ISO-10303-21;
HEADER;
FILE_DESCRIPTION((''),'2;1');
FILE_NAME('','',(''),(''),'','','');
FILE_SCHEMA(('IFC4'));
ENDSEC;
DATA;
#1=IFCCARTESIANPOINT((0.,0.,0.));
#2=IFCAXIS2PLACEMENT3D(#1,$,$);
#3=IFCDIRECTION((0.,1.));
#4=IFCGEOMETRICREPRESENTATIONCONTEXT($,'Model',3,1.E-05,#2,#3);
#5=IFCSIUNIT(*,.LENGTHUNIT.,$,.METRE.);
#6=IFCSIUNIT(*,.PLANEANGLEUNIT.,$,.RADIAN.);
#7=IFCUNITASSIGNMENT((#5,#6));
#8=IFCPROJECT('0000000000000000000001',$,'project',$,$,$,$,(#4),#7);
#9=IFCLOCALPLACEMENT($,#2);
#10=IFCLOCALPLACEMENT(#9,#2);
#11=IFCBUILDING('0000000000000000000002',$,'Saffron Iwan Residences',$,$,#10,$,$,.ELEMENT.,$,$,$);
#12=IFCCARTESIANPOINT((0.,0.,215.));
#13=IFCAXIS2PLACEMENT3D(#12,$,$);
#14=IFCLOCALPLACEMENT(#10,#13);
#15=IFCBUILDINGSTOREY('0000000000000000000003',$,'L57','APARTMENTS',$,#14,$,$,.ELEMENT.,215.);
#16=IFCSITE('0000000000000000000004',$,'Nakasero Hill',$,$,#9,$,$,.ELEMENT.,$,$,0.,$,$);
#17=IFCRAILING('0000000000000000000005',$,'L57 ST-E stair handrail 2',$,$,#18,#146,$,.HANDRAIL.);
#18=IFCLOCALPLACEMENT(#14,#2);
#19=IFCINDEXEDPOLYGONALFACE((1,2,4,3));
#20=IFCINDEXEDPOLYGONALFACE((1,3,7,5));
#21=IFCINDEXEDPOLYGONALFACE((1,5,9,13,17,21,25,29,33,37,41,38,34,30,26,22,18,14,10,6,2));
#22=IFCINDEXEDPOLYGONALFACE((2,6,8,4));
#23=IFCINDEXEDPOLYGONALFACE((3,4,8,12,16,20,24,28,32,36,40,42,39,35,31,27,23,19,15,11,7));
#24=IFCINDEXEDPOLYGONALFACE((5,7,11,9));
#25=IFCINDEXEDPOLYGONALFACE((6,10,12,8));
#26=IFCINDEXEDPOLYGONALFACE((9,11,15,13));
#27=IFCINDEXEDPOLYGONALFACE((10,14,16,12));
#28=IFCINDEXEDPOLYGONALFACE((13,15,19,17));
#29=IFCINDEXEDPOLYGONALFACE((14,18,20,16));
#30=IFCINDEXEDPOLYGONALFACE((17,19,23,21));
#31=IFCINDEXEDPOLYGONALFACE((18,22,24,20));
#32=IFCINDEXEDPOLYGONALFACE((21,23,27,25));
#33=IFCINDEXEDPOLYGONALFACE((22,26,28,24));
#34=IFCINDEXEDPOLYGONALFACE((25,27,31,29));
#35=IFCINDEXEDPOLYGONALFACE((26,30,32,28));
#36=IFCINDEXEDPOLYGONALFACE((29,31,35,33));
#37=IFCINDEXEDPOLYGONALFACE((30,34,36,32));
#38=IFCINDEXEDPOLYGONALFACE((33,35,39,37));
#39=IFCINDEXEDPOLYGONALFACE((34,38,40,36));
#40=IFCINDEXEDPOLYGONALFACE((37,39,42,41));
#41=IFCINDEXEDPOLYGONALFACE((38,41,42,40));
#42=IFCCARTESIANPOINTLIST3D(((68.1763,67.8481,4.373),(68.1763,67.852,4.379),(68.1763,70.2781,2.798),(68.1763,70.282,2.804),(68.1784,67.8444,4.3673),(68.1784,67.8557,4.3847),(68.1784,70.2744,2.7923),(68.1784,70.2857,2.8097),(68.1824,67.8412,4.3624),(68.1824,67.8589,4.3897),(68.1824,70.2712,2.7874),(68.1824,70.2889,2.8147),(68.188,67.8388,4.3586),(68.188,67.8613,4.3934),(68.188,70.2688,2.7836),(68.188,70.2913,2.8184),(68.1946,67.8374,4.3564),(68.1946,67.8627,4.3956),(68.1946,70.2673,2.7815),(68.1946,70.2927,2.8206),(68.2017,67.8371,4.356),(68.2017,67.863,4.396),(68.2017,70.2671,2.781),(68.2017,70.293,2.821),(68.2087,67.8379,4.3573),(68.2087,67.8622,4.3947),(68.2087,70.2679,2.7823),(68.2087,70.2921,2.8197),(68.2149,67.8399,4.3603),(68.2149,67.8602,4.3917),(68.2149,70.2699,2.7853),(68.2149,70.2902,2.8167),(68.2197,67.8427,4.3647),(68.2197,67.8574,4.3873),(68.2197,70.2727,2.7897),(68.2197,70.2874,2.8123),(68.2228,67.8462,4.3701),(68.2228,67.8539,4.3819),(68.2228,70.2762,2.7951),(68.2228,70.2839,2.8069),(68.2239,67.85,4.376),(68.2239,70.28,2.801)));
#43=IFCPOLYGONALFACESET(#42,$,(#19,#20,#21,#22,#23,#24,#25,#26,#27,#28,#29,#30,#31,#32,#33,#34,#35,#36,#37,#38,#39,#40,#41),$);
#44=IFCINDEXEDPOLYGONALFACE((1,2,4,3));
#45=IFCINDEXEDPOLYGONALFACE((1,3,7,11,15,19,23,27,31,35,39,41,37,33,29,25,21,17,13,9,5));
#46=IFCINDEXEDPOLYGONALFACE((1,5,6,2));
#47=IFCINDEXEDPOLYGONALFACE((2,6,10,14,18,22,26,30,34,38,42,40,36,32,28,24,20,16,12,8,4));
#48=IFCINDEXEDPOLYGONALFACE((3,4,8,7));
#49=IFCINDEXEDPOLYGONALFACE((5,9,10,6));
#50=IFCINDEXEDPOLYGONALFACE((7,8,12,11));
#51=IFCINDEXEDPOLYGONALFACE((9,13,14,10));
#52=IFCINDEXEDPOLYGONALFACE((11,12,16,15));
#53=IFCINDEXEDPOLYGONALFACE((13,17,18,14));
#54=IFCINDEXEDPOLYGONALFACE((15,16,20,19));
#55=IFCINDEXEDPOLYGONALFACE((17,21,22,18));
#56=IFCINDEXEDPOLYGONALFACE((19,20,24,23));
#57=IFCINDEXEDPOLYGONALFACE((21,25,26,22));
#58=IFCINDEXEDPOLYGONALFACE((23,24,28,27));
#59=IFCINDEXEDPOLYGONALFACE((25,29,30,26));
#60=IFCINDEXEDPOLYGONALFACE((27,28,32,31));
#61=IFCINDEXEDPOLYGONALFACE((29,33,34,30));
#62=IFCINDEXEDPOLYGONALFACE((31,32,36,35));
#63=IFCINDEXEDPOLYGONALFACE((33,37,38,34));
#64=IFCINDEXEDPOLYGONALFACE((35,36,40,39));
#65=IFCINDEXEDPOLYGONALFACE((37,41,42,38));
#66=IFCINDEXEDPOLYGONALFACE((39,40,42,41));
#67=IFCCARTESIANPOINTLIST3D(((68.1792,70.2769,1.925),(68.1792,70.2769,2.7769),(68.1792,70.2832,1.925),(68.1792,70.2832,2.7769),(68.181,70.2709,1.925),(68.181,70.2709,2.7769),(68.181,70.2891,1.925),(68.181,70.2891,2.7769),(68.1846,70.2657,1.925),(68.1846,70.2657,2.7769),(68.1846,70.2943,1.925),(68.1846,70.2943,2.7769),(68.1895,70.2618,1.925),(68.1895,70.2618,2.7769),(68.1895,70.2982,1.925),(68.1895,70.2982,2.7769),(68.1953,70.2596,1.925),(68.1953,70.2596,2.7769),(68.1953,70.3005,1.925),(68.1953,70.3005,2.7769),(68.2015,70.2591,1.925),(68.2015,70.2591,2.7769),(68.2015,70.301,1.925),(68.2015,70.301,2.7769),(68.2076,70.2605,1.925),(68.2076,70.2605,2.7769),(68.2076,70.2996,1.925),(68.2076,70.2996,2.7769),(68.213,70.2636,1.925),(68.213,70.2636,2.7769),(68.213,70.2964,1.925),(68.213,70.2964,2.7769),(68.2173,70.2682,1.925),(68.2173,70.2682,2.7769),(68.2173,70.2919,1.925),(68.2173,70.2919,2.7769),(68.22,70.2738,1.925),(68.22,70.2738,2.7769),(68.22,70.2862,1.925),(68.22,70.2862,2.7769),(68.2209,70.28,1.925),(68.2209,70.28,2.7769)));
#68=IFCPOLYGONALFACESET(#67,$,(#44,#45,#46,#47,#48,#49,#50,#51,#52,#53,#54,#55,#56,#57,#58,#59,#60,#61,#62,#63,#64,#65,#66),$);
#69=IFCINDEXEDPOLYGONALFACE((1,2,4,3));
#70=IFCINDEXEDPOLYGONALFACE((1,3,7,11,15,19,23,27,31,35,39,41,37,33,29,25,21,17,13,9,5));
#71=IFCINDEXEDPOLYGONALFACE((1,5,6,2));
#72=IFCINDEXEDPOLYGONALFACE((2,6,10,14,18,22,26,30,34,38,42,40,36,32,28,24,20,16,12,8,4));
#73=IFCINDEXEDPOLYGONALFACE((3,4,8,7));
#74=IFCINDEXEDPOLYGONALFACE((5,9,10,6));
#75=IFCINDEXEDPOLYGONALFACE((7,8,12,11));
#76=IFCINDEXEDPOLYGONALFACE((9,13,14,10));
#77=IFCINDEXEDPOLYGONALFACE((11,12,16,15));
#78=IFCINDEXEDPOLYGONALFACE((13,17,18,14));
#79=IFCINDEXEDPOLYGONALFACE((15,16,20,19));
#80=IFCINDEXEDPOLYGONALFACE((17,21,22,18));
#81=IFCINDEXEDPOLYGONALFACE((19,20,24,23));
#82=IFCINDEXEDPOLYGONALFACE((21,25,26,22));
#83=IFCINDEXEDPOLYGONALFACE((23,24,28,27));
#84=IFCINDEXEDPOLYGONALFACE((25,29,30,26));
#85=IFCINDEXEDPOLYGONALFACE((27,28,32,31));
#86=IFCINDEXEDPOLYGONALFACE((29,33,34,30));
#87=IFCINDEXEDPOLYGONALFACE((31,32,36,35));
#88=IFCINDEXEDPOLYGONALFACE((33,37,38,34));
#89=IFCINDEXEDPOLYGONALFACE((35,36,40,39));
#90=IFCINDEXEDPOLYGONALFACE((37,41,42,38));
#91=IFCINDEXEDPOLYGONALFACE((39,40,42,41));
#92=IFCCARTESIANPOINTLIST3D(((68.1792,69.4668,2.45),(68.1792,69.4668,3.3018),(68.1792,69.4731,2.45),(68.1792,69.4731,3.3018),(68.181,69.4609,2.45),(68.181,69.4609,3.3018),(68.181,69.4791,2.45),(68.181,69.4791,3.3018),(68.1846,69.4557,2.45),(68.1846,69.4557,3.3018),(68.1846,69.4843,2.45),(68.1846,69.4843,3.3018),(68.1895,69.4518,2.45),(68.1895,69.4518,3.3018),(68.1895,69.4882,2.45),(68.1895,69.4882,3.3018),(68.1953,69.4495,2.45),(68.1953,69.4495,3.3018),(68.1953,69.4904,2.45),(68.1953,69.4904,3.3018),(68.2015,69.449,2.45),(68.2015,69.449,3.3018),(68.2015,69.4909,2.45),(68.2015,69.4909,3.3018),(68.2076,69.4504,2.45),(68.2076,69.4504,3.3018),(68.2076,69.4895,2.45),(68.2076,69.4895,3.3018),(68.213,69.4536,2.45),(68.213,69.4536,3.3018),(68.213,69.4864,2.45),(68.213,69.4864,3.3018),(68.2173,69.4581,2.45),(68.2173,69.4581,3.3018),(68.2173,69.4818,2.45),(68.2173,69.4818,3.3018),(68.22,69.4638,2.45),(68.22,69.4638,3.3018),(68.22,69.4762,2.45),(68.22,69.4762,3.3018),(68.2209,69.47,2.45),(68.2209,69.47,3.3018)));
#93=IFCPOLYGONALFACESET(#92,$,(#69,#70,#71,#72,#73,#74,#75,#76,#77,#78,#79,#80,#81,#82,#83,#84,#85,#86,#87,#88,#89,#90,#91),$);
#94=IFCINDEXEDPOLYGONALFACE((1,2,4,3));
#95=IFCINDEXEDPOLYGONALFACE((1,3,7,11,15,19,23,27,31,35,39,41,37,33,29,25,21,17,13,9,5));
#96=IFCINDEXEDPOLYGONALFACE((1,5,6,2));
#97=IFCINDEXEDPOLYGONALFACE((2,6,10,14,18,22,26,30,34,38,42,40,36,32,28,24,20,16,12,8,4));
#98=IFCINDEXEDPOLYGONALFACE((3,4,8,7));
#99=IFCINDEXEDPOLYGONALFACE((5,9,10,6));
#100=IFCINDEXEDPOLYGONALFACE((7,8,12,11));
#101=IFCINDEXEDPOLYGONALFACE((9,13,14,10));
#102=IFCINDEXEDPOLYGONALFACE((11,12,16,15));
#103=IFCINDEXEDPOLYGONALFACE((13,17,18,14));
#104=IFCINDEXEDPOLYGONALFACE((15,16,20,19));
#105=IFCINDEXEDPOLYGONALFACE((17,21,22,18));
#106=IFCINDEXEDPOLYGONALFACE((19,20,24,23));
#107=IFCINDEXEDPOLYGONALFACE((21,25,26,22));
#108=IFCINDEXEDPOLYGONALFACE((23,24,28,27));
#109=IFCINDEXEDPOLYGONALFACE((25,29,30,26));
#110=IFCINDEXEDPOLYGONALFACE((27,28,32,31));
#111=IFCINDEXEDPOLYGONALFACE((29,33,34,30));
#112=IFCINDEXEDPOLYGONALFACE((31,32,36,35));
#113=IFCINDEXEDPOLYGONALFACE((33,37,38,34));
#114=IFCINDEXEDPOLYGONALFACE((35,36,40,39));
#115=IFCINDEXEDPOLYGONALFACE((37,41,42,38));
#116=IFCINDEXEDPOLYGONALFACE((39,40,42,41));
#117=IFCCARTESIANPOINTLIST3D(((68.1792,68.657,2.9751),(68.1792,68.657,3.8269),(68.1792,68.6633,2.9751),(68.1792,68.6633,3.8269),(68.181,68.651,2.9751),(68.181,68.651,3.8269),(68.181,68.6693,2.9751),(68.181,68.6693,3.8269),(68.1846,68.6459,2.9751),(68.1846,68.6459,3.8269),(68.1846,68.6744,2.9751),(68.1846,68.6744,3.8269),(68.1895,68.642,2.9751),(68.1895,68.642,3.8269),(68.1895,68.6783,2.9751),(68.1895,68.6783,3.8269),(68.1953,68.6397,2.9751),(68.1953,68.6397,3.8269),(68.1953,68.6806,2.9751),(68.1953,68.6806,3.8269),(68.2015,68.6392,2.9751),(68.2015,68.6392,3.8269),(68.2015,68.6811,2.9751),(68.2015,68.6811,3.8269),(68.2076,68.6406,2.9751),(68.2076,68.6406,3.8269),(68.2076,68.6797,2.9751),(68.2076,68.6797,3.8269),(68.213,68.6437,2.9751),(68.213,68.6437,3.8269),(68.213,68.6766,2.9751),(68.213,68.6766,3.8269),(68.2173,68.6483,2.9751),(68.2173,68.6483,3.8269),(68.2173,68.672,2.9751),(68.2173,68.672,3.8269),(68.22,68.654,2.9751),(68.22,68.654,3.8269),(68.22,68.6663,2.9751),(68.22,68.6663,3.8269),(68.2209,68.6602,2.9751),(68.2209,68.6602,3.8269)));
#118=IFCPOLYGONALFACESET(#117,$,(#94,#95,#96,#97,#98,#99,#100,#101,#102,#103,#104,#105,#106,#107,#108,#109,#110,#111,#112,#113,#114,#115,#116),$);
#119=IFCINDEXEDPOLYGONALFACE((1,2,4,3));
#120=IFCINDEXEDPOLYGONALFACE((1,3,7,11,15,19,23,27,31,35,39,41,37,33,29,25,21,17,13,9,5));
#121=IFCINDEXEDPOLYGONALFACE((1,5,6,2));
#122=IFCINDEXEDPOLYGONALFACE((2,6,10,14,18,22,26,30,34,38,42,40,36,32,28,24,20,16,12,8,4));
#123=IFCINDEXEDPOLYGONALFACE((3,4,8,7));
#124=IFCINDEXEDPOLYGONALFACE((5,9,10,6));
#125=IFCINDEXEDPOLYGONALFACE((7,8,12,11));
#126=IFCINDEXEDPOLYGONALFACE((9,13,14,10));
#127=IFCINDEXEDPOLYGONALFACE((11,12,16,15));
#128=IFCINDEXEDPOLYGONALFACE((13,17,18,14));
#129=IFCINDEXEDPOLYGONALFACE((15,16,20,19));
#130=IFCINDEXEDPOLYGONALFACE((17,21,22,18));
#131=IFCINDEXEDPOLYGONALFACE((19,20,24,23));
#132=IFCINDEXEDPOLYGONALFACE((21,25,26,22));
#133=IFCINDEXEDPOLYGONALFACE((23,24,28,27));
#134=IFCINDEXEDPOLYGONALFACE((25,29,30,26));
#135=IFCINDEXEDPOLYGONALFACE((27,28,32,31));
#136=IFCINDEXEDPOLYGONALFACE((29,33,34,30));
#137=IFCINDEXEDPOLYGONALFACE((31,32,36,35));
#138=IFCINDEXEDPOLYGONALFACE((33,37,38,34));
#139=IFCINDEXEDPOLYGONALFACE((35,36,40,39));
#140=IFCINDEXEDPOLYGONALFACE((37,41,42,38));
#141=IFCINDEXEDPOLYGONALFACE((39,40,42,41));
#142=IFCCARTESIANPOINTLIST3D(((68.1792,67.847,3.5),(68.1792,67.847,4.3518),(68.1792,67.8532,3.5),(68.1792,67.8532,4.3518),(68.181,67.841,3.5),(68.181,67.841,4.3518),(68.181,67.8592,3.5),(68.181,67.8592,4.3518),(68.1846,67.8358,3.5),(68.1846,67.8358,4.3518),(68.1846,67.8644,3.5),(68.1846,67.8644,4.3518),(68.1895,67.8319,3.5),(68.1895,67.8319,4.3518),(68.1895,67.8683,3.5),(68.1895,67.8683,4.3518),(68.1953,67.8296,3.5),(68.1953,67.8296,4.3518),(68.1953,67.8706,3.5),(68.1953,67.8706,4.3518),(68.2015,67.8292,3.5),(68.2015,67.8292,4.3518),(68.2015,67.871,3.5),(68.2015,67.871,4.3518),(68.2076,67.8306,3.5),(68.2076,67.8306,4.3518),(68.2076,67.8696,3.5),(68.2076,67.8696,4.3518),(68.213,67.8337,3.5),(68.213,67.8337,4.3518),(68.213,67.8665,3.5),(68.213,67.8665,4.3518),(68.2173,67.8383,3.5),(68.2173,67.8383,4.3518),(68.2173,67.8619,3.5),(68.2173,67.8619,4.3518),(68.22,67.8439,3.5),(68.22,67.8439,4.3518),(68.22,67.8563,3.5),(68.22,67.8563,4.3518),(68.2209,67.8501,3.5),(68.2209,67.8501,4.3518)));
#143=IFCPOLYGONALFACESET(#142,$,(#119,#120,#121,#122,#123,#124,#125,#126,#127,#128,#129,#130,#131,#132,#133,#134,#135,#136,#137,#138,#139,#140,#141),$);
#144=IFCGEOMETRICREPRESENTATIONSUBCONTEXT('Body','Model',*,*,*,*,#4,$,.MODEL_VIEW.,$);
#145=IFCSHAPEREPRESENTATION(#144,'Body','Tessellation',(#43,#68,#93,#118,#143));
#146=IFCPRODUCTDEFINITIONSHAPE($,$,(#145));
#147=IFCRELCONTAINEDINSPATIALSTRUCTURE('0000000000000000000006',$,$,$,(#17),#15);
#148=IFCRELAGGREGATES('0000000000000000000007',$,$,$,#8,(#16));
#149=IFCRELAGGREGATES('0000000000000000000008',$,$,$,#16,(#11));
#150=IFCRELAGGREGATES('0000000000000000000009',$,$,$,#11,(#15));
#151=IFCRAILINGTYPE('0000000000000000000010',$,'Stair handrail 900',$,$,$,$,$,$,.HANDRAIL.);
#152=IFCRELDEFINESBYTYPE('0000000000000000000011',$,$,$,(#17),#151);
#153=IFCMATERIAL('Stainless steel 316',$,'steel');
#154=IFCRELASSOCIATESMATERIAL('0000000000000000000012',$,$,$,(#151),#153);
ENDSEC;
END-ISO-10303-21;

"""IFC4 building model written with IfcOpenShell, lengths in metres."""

from ifc_helpers import new_model, si_unit, direction, frame, origin, origin_2d, place, context, subcontext, project, spatial, circle, extrude, material, type_object, element, save


model = new_model("IFC4")

# Units and contexts
model_context = context("Model", 3, precision=1e-05, world=origin(), true_north=direction((0.0, 1.0)))
body_context = subcontext(model_context, "Body", "Model", "MODEL_VIEW")
ifc_project = project(units=[si_unit("LENGTHUNIT", "METRE"), si_unit("PLANEANGLEUNIT", "RADIAN")], contexts=[model_context])

# Site, building, storey
site_placement = place(None, origin())
site = spatial("IfcSite", under=ifc_project, at=site_placement, Name="Nakasero Hill", CompositionType="ELEMENT", RefElevation=0.0)
building_placement = place(site_placement, origin())
building = spatial("IfcBuilding", under=site, at=building_placement, Name="Saffron Iwan Residences", CompositionType="ELEMENT")
storey_placement = place(building_placement, frame((0.0, 0.0, 215.0)))
storey = spatial("IfcBuildingStorey", under=building, at=storey_placement, Name="L57", Description="APARTMENTS", CompositionType="ELEMENT", Elevation=215.0)

# Railing
ifc_material_1 = material(Name="Stainless steel 316", Category="steel")
railing_type_1 = type_object("IfcRailingType", Name="Stair handrail 900", PredefinedType="HANDRAIL", material=ifc_material_1)
railing_1_placement = place(storey_placement, frame((68.2, 70.28, 1.925)))
element("IfcRailing", 1, at=railing_1_placement, inside=storey, type_object=railing_type_1, Name="L57 ST-E stair handrail 2", PredefinedType="HANDRAIL", context=body_context, shape_type="SweptSolid", body=[
    extrude(circle(Radius=0.0239, at=origin_2d()), frame((0.0, 0.0, 0.876), z_axis=(0.0, -0.839154, 0.543894), x_axis=(1.0, 0.0, 0.0)), (0.0, 0.0, 1.0), 2.8958),
    extrude(circle(Radius=0.021, at=origin_2d()), origin(), (0.0, 0.0, 1.0), 0.8518),
    extrude(circle(Radius=0.021, at=origin_2d()), frame((0.0, -0.8101, 0.5249)), (0.0, 0.0, 1.0), 0.8518),
    extrude(circle(Radius=0.021, at=origin_2d()), frame((0.0, -1.6199, 1.05)), (0.0, 0.0, 1.0), 0.8518),
    extrude(circle(Radius=0.021, at=origin_2d()), frame((0.0, -2.4299, 1.575)), (0.0, 0.0, 1.0), 0.8518),
])

save(model, "model.ifc")
